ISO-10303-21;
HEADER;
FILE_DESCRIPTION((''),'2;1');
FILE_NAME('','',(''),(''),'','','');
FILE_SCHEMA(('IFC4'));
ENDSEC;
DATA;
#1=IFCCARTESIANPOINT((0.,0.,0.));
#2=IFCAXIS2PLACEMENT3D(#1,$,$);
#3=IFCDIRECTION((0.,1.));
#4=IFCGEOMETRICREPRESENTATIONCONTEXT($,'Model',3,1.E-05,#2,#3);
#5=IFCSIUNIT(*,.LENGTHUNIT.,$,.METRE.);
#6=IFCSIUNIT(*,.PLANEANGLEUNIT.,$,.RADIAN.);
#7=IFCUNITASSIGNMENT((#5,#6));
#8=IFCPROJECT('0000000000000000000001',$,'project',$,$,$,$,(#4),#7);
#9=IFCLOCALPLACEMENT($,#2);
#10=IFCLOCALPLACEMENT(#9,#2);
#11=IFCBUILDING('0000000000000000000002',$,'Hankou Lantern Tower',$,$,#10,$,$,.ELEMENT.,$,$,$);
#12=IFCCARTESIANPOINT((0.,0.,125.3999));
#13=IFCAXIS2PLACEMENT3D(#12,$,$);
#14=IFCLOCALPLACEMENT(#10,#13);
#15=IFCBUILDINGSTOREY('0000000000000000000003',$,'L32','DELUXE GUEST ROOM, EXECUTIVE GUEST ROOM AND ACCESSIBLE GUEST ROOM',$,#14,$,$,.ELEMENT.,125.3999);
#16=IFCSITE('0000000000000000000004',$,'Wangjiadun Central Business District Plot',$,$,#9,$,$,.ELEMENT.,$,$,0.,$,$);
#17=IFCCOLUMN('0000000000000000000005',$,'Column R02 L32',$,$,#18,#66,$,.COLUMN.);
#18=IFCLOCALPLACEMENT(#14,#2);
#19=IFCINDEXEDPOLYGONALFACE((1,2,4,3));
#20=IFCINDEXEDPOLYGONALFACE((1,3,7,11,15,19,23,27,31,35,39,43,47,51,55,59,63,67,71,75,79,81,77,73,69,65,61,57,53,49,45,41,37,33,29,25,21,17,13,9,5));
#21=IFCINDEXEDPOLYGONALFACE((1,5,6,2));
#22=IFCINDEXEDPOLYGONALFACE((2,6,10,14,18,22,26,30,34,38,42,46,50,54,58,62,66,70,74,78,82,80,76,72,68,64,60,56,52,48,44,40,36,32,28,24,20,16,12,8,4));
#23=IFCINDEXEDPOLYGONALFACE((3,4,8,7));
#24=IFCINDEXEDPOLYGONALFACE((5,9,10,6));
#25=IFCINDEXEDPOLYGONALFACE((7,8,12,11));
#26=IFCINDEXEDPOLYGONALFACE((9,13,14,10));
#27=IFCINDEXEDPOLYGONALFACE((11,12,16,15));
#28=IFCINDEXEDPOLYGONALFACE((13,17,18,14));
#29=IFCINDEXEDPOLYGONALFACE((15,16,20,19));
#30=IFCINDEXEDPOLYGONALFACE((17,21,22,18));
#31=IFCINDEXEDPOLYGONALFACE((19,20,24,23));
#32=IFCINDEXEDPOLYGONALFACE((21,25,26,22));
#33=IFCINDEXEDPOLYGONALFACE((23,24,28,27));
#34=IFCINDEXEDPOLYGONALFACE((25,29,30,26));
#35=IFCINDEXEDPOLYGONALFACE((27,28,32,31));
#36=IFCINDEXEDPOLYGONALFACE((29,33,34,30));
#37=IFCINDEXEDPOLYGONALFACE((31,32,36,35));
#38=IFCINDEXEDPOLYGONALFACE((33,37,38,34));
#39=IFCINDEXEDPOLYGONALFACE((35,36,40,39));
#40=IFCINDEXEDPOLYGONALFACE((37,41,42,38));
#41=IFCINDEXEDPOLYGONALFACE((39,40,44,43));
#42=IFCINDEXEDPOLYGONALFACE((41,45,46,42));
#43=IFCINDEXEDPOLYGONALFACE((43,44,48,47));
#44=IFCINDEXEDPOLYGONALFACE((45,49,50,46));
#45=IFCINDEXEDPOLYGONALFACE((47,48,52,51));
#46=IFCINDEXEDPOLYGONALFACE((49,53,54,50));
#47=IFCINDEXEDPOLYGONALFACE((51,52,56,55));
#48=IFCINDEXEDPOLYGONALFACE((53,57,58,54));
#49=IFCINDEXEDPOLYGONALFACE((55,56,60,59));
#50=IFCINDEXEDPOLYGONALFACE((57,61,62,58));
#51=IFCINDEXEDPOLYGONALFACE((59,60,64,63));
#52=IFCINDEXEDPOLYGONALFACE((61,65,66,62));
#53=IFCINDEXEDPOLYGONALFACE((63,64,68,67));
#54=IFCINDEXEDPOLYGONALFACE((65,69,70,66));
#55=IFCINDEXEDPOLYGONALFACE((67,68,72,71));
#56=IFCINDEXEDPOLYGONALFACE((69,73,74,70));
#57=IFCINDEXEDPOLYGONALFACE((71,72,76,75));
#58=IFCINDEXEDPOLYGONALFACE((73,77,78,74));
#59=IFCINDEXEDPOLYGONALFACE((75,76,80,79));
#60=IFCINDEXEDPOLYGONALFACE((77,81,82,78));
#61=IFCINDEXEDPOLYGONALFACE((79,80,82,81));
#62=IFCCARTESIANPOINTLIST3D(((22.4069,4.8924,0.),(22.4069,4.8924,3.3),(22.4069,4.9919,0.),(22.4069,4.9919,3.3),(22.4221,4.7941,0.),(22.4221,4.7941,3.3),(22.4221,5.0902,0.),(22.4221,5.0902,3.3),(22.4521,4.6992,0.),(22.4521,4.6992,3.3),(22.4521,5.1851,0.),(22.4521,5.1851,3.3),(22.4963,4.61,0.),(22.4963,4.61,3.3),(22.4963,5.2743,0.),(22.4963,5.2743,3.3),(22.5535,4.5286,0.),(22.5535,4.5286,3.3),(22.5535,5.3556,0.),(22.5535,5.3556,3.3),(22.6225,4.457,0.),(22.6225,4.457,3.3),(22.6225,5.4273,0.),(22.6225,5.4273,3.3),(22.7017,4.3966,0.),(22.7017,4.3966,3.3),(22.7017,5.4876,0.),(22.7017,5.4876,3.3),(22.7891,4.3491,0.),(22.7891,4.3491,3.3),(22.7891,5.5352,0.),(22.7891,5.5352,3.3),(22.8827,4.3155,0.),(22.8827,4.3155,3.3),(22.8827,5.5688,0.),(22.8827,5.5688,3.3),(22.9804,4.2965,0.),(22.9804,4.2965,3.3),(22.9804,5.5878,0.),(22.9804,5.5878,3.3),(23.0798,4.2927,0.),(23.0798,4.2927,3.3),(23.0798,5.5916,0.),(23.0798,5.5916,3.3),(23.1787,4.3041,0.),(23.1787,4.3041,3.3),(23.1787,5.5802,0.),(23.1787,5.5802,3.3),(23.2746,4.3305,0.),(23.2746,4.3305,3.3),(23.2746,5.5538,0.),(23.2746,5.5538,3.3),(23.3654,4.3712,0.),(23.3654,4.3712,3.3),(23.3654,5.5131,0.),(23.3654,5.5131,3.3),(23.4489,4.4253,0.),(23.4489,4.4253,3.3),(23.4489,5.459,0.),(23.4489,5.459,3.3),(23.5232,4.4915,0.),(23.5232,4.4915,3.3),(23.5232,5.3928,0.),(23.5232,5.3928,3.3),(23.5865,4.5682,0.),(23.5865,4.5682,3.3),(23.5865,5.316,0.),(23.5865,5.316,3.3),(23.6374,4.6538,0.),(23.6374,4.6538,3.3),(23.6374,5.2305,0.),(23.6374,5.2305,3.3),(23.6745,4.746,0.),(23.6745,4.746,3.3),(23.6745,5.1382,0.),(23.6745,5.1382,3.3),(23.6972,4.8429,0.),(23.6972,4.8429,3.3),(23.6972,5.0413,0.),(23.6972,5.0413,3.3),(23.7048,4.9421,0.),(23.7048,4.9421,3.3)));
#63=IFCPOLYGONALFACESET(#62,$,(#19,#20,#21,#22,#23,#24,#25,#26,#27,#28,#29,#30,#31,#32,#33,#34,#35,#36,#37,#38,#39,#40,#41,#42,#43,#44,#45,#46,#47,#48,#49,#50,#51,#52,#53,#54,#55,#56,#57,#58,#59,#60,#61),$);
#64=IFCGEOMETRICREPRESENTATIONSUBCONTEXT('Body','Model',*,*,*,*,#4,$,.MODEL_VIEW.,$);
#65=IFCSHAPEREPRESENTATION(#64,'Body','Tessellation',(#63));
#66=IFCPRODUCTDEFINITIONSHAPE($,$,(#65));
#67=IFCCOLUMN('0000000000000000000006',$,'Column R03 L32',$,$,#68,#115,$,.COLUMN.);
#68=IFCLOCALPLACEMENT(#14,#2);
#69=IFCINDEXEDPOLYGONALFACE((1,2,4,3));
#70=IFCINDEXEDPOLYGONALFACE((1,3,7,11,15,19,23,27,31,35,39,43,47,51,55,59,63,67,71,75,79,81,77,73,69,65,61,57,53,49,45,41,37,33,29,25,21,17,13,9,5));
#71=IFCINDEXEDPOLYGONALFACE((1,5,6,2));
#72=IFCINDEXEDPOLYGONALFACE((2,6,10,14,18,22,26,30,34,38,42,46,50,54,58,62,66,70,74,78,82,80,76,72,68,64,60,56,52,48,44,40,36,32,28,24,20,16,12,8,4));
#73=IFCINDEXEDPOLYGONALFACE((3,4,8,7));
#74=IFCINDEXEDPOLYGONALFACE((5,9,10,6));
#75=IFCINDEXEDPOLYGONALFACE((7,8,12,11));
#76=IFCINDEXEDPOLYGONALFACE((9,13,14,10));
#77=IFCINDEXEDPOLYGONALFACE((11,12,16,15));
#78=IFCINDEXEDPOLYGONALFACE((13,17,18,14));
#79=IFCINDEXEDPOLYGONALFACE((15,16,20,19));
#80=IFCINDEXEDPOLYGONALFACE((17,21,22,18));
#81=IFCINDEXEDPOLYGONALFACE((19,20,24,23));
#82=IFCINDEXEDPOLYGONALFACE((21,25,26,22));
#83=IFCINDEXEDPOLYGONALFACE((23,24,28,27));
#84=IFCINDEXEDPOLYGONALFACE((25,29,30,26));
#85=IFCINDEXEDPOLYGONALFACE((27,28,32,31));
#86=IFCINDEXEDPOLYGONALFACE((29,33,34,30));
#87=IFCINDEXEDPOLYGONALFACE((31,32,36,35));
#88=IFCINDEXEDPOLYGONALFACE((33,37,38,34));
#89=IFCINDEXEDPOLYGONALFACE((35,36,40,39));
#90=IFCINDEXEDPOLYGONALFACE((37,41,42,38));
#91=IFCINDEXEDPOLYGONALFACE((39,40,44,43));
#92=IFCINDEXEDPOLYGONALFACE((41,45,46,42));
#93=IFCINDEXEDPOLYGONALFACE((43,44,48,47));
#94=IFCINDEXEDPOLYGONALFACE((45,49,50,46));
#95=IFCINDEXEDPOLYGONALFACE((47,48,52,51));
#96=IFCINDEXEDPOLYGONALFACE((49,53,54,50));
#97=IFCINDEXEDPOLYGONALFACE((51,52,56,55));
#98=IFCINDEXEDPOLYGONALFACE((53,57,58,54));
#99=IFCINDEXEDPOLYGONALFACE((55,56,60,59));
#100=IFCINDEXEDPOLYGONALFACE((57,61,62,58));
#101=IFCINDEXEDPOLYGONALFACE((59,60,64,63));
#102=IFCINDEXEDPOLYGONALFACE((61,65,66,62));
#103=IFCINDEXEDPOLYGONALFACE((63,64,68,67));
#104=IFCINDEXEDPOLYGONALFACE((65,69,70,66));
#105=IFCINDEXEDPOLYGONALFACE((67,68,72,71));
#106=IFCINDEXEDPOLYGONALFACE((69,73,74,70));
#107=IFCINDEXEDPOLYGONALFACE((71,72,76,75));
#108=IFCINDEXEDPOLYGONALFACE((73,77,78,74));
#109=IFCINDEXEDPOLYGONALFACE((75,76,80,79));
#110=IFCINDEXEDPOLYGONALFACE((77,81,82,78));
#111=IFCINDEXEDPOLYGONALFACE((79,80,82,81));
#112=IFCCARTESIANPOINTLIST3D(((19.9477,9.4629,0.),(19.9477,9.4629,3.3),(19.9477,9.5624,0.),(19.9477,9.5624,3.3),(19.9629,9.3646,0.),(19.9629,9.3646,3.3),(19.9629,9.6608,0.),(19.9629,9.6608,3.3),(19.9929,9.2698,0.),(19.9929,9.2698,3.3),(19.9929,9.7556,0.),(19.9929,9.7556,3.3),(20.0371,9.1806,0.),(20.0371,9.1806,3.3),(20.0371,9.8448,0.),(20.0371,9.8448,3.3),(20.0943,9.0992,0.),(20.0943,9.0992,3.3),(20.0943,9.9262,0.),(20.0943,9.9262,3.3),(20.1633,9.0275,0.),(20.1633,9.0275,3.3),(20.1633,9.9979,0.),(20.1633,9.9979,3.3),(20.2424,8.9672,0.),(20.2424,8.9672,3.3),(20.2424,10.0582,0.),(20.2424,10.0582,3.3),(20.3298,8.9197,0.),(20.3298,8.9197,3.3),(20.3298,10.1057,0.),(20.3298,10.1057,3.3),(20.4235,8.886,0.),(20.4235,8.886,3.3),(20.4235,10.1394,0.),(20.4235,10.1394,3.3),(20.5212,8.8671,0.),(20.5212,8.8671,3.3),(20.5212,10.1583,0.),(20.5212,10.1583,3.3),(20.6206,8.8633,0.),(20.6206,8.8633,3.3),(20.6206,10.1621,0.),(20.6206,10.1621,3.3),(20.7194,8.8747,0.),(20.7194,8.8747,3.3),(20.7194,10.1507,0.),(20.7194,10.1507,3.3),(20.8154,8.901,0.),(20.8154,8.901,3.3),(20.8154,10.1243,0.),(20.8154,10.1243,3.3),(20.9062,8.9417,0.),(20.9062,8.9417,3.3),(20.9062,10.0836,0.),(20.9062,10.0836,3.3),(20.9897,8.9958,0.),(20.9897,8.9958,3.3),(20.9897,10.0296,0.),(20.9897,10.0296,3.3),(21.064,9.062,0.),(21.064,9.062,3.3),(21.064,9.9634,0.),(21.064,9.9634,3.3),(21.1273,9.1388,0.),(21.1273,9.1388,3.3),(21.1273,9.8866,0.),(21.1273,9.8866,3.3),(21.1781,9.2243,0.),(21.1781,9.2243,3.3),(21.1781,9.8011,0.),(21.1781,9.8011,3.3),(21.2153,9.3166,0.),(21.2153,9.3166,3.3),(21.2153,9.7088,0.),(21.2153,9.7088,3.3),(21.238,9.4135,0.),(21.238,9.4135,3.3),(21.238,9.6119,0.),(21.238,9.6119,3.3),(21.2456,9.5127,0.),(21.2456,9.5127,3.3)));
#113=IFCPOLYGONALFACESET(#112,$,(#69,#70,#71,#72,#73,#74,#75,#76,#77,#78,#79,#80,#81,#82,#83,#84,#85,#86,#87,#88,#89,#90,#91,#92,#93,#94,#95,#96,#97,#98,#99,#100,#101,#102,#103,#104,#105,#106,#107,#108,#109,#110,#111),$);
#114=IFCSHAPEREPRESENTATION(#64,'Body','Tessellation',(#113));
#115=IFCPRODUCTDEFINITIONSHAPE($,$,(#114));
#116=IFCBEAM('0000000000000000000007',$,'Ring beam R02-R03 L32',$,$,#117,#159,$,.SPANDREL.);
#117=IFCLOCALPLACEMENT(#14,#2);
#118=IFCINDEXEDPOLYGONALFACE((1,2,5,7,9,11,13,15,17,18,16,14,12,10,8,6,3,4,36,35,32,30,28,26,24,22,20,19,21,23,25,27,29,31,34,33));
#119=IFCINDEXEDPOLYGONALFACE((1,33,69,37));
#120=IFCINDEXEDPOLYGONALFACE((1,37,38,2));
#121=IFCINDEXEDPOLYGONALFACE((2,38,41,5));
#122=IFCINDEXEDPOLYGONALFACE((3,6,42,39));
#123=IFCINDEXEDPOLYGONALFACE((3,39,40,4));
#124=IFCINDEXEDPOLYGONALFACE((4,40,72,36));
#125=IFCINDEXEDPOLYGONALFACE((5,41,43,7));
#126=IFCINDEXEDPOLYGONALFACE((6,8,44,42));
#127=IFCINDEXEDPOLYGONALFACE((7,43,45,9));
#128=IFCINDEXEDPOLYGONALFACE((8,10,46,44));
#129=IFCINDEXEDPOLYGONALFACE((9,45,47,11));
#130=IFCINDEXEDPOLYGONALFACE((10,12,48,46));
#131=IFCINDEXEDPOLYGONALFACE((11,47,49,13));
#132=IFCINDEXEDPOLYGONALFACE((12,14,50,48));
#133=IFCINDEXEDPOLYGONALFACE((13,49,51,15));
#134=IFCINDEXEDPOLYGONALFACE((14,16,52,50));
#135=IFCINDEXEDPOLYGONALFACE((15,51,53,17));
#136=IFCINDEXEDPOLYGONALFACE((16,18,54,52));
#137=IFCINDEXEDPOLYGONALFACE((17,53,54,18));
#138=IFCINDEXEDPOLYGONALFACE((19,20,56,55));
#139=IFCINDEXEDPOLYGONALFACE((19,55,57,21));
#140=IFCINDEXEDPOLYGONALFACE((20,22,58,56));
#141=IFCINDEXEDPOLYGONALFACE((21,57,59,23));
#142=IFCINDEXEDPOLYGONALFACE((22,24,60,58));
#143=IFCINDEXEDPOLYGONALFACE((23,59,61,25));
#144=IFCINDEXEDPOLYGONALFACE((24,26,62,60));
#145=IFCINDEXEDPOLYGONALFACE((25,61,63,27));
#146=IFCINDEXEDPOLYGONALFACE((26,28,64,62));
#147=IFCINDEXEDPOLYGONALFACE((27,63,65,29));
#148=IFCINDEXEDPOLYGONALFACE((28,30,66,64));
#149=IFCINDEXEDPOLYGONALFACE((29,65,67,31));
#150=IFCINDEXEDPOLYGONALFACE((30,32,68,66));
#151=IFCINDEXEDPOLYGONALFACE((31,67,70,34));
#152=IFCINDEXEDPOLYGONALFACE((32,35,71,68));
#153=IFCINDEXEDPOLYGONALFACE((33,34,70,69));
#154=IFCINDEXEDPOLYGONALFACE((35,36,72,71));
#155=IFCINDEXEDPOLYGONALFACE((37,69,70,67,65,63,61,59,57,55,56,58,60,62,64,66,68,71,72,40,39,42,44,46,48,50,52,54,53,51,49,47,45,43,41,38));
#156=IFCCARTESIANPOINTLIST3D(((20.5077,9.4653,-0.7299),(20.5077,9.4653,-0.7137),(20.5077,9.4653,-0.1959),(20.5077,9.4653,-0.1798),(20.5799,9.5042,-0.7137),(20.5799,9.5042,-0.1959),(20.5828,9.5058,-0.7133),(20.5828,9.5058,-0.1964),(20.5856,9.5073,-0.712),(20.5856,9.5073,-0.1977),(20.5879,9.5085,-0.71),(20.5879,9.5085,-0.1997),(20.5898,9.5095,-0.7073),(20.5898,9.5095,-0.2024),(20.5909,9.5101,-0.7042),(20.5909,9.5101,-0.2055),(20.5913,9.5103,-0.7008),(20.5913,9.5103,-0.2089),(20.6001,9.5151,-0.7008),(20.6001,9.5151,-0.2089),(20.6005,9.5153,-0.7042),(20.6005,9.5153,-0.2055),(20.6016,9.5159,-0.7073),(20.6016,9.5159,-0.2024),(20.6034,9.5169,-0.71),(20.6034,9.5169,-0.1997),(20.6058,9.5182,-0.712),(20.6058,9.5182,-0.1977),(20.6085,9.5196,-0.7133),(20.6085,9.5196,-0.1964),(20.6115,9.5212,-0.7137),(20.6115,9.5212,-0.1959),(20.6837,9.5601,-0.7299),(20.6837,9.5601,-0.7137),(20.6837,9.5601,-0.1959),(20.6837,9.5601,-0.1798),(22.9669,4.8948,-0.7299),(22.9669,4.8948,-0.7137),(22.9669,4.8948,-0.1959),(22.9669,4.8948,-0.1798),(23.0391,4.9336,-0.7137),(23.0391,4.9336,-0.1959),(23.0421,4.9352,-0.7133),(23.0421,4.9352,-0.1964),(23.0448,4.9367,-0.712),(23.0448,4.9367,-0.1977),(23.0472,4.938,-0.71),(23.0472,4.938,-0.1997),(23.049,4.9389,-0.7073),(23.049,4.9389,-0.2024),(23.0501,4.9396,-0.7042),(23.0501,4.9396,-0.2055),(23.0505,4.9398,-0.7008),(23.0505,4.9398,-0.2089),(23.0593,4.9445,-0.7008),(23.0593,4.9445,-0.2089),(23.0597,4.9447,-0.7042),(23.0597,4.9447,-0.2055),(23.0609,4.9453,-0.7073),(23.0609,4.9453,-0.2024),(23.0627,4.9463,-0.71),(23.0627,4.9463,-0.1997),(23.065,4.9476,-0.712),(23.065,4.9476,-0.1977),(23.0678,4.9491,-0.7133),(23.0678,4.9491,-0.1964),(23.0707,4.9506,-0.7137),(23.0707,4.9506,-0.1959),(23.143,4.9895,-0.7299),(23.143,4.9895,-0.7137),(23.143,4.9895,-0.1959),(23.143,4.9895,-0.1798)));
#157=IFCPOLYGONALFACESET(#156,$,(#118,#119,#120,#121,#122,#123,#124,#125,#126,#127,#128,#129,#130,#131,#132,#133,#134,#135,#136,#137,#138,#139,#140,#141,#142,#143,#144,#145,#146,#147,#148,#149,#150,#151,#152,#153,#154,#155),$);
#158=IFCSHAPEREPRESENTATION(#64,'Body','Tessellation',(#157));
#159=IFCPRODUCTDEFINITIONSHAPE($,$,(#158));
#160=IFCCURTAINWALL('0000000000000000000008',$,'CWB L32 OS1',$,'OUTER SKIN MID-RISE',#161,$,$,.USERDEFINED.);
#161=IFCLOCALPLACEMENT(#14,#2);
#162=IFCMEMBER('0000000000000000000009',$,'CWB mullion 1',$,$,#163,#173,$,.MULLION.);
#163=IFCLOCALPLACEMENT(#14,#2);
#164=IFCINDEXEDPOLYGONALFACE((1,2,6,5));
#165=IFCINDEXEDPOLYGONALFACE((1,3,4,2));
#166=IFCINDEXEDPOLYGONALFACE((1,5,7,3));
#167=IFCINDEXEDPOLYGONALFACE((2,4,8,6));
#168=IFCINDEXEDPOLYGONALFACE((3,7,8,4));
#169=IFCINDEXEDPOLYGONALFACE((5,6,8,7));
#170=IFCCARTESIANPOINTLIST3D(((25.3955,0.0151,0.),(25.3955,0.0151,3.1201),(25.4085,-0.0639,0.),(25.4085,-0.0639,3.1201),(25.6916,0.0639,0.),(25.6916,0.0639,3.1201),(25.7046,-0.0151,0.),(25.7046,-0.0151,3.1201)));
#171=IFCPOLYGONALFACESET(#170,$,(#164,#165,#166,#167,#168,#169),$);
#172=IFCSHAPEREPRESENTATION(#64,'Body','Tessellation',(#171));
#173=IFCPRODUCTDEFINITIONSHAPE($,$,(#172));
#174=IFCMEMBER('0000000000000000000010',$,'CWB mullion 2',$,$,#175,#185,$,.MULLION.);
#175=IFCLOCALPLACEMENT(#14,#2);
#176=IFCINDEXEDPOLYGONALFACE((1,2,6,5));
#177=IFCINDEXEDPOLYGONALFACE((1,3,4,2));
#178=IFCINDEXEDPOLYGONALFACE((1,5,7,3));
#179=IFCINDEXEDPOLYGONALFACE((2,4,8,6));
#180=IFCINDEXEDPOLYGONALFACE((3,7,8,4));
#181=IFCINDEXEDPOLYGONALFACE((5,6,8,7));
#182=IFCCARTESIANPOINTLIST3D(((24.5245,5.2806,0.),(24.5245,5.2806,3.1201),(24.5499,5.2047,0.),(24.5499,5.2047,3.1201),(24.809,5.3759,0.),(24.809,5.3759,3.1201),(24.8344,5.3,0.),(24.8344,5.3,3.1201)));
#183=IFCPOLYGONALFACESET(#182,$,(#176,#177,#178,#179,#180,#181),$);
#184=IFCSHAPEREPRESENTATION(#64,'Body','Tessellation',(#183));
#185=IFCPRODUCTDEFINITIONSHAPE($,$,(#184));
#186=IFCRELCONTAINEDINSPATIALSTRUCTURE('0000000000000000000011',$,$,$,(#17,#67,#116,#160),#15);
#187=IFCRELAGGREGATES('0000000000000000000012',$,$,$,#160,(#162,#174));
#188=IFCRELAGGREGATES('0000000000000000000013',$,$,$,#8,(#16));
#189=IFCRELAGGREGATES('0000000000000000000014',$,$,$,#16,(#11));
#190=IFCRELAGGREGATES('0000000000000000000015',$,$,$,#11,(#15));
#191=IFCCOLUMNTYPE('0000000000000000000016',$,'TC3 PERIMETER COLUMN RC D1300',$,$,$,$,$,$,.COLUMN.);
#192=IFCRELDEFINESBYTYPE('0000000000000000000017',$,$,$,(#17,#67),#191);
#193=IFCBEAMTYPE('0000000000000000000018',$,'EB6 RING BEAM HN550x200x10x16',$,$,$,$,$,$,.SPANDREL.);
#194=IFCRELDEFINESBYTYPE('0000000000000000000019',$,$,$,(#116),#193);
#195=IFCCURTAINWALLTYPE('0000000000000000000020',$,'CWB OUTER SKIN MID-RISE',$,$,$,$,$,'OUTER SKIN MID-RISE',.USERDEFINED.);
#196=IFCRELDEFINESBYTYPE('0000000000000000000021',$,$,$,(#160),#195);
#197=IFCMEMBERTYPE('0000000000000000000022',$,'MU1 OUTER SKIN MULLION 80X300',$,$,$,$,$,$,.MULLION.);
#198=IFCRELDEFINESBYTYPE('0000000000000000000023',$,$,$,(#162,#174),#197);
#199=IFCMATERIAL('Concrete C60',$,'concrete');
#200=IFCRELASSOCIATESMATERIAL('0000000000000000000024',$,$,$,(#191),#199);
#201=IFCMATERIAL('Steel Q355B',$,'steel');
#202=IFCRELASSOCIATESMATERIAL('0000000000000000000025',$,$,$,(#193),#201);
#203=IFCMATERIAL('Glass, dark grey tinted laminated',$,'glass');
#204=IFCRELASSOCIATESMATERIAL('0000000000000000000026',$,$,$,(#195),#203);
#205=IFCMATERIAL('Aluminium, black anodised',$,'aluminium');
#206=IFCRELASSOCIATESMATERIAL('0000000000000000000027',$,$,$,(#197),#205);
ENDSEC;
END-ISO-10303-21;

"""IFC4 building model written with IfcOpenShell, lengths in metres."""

from ifc_helpers import new_model, si_unit, direction, frame, origin, origin_2d, place, context, subcontext, project, spatial, rectangle, circle, i_section, extrude, material, material_profile, profile_set, type_object, element, aggregate, save


model = new_model("IFC4")

# Units and contexts
model_context = context("Model", 3, precision=1e-05, world=origin(), true_north=direction((0.0, 1.0)))
body_context = subcontext(model_context, "Body", "Model", "MODEL_VIEW")
ifc_project = project(units=[si_unit("LENGTHUNIT", "METRE"), si_unit("PLANEANGLEUNIT", "RADIAN")], contexts=[model_context])

# Site, building, storey
site_placement = place(None, origin())
site = spatial("IfcSite", under=ifc_project, at=site_placement, Name="Wangjiadun Central Business District Plot", CompositionType="ELEMENT", RefElevation=0.0)
building_placement = place(site_placement, origin())
building = spatial("IfcBuilding", under=site, at=building_placement, Name="Hankou Lantern Tower", CompositionType="ELEMENT")
storey_placement = place(building_placement, frame((0.0, 0.0, 125.3999)))
storey = spatial("IfcBuildingStorey", under=building, at=storey_placement, Name="L32", Description="DELUXE GUEST ROOM, EXECUTIVE GUEST ROOM AND ACCESSIBLE GUEST ROOM", CompositionType="ELEMENT", Elevation=125.3999)

# Columns
ifc_material_1 = material(Name="Concrete C60", Category="concrete")
ifc_material_profile_1 = material_profile(ifc_material_1, circle(Radius=0.6499, at=origin_2d()), Name="RC D1300")
ifc_profile_set_1 = profile_set([ifc_material_profile_1], Name="Concrete C60")
column_type = type_object("IfcColumnType", Name="TC3 PERIMETER COLUMN RC D1300", PredefinedType="COLUMN", material=ifc_profile_set_1)
for number, where, z_axis, x_axis, name in (
    (1, (23.0549, 4.9421, 0.0), (0.0, 0.0, 1.0), (1.0, 0.0, 0.0), "Column R02 L32"),
    (2, (20.5957, 9.5127, 0.0), (0.0, 0.0, 1.0), (1.0, 0.0, 0.0), "Column R03 L32"),
):
    element("IfcColumn", number, at=place(storey_placement, frame(where, z_axis=z_axis, x_axis=x_axis)), inside=storey, type_object=column_type, Name=name, PredefinedType="COLUMN", context=body_context, shape_type="SweptSolid", body=[
        extrude(circle(Radius=0.6499, at=origin_2d()), origin(), (0.0, 0.0, 1.0), 3.3),
    ])

# Beam
ifc_material_2 = material(Name="Steel Q355B", Category="steel")
ifc_material_profile_2 = material_profile(ifc_material_2, i_section(OverallWidth=0.2, OverallDepth=0.55, WebThickness=0.01, FlangeThickness=0.0161, FilletRadius=0.0129, at=origin_2d()), Name="HN550x200x10x16")
ifc_profile_set_2 = profile_set([ifc_material_profile_2], Name="Steel Q355B")
beam_type_1 = type_object("IfcBeamType", Name="EB6 RING BEAM HN550x200x10x16", PredefinedType="SPANDREL", material=ifc_profile_set_2)
beam_1_placement = place(storey_placement, frame((23.0549, 4.9421, -0.4548), z_axis=(-0.473825, 0.880619, 0.0), x_axis=(-0.880619, -0.473825, 0.0)))
element("IfcBeam", 3, at=beam_1_placement, inside=storey, type_object=beam_type_1, Name="Ring beam R02-R03 L32", PredefinedType="SPANDREL", context=body_context, shape_type="SweptSolid", body=[
    extrude(i_section(OverallWidth=0.2, OverallDepth=0.55, WebThickness=0.01, FlangeThickness=0.0161, FilletRadius=0.0129, at=origin_2d()), origin(), (0.0, 0.0, 1.0), 5.1902),
])

# Curtain wall, members
ifc_material_3 = material(Name="Glass, dark grey tinted laminated", Category="glass")
curtain_wall_type = type_object("IfcCurtainWallType", Name="CWB OUTER SKIN MID-RISE", ElementType="OUTER SKIN MID-RISE", PredefinedType="USERDEFINED", material=ifc_material_3)
curtain_wall_placement = place(storey_placement, origin())
curtain_wall = element("IfcCurtainWall", 4, at=curtain_wall_placement, inside=storey, type_object=curtain_wall_type, Name="CWB L32 OS1", ObjectType="OUTER SKIN MID-RISE", PredefinedType="USERDEFINED")
ifc_material_4 = material(Name="Aluminium, black anodised", Category="aluminium")
ifc_material_profile_3 = material_profile(ifc_material_4, rectangle(XDim=0.0801, YDim=0.3, at=origin_2d()), Name="MU1 80X300")
ifc_profile_set_3 = profile_set([ifc_material_profile_3], Name="Aluminium, black anodised")
member_type_1 = type_object("IfcMemberType", Name="MU1 OUTER SKIN MULLION 80X300", PredefinedType="MULLION", material=ifc_profile_set_3)
member_1_placement = place(storey_placement, frame((25.55, 0.0, 0.0), z_axis=(0.0, 0.0, 1.0), x_axis=(-0.162382, 0.986728, 0.0)))
member_1 = element("IfcMember", 5, at=member_1_placement, type_object=member_type_1, Name="CWB mullion 1", PredefinedType="MULLION", context=body_context, shape_type="SweptSolid", body=[
    extrude(rectangle(XDim=0.0801, YDim=0.3, at=origin_2d()), origin(), (0.0, 0.0, 1.0), 3.1201),
])
member_2_placement = place(storey_placement, frame((24.6794, 5.2903, 0.0), z_axis=(0.0, 0.0, 1.0), x_axis=(-0.317596, 0.948226, 0.0)))
member_2 = element("IfcMember", 6, at=member_2_placement, type_object=member_type_1, Name="CWB mullion 2", PredefinedType="MULLION", context=body_context, shape_type="SweptSolid", body=[
    extrude(rectangle(XDim=0.0801, YDim=0.3, at=origin_2d()), origin(), (0.0, 0.0, 1.0), 3.1201),
])

aggregate(curtain_wall, [member_1, member_2])

save(model, "model.ifc")
